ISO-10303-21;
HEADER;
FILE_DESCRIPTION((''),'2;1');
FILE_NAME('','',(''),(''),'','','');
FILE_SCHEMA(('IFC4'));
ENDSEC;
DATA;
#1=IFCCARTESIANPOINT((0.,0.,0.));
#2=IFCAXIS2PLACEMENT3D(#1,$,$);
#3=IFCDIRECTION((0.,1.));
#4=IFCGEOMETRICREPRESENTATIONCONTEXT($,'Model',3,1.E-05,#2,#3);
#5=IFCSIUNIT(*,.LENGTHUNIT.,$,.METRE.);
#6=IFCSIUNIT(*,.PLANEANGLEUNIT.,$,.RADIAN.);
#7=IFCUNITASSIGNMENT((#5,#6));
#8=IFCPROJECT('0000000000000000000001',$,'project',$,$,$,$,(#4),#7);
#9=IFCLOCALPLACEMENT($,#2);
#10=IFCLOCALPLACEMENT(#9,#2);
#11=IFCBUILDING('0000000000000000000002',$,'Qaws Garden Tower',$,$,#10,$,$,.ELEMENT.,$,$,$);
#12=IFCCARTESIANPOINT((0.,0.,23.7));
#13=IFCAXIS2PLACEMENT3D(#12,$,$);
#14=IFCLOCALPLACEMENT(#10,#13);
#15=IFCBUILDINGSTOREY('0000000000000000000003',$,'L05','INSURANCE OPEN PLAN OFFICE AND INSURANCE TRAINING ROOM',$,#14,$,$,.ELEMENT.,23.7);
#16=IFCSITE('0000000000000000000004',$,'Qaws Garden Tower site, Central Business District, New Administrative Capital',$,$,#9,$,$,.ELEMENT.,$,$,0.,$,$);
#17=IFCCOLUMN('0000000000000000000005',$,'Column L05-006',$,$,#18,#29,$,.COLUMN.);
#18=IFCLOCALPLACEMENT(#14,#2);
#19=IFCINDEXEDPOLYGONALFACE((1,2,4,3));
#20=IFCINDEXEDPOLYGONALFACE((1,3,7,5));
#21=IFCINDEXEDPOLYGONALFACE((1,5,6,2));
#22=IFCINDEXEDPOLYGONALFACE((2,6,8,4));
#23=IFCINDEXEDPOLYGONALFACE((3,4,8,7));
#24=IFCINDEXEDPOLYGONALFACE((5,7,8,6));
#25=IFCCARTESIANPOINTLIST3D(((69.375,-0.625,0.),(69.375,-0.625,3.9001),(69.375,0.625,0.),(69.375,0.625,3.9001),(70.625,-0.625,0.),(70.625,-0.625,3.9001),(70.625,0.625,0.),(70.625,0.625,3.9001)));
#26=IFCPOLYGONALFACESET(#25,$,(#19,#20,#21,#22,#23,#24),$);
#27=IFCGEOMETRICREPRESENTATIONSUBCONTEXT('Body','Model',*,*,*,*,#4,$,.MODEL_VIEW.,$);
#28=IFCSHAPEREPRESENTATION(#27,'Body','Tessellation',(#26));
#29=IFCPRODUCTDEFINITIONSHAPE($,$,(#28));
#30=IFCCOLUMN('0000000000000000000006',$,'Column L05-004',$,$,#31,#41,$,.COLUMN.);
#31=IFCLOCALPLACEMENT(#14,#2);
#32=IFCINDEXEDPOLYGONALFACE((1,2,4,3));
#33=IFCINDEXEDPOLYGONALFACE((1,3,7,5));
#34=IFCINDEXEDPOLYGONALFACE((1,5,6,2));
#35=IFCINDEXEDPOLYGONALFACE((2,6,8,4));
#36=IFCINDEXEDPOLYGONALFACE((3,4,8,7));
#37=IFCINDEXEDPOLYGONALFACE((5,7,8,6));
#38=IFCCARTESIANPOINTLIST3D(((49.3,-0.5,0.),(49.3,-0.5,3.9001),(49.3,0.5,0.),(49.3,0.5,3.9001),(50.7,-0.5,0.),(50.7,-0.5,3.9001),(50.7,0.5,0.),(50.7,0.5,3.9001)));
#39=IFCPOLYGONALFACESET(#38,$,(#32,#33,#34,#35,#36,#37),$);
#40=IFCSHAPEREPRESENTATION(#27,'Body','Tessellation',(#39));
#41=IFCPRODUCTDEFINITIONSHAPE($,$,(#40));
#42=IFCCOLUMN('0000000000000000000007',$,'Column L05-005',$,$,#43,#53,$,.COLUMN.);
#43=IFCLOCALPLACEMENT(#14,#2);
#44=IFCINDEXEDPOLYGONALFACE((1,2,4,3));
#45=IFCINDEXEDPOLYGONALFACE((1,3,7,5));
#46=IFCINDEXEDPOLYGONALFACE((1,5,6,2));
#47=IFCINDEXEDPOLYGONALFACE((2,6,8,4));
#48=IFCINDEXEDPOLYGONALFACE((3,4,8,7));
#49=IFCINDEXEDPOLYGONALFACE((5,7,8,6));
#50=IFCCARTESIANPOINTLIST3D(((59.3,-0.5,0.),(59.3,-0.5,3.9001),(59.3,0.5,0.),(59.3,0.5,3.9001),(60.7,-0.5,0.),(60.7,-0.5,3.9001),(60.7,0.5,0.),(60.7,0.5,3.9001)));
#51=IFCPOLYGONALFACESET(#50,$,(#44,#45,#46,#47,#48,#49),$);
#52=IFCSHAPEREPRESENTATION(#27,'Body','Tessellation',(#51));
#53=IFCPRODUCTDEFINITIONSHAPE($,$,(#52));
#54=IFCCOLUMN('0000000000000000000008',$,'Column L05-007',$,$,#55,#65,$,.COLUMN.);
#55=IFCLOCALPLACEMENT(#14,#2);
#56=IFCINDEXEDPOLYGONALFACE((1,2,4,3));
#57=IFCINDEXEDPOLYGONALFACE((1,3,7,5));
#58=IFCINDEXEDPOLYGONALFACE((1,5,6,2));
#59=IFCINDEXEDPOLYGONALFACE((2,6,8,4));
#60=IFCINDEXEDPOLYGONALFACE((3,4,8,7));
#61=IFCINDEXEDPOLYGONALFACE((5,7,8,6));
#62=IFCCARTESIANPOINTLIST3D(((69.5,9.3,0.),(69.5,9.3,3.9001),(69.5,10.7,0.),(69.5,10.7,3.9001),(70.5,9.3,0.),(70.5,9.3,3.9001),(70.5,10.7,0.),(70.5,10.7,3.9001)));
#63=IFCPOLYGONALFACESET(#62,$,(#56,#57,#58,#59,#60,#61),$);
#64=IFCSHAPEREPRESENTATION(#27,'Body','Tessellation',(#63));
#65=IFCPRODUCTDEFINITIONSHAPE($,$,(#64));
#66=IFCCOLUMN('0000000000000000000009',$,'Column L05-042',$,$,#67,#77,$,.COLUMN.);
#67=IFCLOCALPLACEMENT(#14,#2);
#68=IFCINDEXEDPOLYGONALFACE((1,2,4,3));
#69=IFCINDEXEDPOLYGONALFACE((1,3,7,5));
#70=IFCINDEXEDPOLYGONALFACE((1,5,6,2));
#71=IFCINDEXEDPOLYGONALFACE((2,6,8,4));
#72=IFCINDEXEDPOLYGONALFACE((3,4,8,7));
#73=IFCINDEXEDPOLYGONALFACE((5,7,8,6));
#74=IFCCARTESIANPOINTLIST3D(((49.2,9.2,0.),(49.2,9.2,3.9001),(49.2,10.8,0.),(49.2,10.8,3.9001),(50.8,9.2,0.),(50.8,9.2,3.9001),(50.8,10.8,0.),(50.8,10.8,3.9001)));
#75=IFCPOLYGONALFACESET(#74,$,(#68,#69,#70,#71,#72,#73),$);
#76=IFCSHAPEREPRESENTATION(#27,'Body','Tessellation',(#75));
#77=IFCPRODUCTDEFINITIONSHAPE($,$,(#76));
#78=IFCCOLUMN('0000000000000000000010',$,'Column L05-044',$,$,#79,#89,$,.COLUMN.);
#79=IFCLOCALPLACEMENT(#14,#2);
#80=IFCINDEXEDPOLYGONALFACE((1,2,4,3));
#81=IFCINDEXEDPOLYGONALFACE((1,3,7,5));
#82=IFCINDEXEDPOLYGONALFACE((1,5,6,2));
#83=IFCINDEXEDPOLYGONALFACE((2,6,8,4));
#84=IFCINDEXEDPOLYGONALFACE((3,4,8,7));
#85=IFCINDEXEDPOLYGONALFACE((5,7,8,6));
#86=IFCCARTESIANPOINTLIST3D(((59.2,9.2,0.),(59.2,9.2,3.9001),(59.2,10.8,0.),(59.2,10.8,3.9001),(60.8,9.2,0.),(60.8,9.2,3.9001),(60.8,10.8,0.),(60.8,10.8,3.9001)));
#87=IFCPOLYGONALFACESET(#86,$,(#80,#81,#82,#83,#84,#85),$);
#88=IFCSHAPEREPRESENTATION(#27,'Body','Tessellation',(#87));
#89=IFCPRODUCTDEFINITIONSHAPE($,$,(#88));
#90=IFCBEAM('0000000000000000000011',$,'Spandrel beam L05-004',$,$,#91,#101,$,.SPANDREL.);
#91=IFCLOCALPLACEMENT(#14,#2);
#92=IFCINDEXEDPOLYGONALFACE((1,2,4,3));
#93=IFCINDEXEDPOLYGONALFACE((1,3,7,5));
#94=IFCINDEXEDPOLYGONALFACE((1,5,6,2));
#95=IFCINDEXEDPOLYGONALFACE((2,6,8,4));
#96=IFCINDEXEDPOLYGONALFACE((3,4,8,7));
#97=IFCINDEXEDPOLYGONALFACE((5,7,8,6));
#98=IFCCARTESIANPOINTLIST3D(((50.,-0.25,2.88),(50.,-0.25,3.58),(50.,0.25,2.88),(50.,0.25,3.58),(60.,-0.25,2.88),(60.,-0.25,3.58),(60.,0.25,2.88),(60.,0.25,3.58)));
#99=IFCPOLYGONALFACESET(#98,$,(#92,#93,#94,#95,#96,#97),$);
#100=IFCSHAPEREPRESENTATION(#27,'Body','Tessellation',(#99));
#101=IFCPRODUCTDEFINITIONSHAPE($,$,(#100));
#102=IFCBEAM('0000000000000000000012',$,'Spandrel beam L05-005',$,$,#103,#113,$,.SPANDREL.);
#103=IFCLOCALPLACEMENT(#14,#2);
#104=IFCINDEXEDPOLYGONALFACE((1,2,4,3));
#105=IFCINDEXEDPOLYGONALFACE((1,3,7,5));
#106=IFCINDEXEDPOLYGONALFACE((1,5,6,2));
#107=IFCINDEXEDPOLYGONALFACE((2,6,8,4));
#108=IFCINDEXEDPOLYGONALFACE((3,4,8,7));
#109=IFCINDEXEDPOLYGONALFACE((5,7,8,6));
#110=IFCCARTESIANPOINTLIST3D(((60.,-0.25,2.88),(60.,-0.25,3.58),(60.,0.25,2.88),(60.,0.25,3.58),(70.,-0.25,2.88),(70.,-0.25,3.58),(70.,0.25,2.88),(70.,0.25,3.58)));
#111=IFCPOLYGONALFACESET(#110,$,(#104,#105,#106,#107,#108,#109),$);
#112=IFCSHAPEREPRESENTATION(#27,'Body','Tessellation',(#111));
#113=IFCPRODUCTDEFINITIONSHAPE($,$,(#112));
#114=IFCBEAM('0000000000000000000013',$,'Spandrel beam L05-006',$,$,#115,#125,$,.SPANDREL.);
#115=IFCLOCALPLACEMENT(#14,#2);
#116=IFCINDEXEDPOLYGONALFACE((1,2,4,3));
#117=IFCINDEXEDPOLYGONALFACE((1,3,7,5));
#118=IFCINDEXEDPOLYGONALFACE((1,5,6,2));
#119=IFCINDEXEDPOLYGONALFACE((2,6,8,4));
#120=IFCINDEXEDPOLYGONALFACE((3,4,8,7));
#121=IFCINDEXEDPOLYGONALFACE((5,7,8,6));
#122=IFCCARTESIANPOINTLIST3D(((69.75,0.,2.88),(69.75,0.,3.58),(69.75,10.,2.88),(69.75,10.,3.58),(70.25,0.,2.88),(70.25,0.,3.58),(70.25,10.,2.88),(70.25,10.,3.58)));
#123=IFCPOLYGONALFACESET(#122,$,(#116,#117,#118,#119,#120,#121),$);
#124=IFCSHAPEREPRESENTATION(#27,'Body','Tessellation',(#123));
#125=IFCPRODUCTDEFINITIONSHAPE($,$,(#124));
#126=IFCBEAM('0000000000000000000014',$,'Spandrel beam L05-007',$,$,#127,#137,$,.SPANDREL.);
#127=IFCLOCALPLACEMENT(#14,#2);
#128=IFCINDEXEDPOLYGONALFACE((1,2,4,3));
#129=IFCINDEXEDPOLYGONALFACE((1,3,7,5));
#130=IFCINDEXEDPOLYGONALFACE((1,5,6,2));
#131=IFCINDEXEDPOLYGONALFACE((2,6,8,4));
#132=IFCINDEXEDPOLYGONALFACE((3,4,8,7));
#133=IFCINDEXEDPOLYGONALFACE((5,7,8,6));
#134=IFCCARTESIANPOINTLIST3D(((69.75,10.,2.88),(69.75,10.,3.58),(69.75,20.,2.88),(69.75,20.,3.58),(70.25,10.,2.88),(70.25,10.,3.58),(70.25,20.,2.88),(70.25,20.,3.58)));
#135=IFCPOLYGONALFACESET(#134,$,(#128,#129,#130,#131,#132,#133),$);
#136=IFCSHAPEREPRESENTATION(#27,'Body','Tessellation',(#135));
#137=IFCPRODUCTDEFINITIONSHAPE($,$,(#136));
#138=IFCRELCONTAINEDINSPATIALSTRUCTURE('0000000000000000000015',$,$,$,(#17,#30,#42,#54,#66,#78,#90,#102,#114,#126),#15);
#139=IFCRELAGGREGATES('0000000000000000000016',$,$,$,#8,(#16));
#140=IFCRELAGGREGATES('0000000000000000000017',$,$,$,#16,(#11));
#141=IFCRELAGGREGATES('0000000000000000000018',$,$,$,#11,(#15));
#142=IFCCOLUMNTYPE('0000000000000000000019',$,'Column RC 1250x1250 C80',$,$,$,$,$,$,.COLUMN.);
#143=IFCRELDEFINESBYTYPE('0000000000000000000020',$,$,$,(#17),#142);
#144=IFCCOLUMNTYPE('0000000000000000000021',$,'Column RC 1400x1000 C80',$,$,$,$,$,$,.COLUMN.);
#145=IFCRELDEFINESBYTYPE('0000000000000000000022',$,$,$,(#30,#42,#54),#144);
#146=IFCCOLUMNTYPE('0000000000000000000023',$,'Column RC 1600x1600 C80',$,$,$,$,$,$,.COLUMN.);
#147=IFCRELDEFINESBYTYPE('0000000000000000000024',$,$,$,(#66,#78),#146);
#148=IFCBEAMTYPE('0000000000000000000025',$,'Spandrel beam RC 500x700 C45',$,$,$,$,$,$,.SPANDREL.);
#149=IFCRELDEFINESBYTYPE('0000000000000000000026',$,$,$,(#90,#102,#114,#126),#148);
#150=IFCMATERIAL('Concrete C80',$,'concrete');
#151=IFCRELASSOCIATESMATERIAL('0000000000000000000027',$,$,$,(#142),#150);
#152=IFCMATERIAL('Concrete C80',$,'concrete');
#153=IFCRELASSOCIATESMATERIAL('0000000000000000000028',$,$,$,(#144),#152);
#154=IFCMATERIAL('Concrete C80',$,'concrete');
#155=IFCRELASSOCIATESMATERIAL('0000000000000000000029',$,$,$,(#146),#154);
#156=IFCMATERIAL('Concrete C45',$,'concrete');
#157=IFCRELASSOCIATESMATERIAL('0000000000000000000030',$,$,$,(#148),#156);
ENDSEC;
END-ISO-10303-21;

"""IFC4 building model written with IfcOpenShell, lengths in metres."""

from ifc_helpers import new_model, si_unit, direction, frame, origin, origin_2d, place, context, subcontext, project, spatial, rectangle, extrude, material, material_profile, profile_set, type_object, element, save


model = new_model("IFC4")

# Units and contexts
model_context = context("Model", 3, precision=1e-05, world=origin(), true_north=direction((0.0, 1.0)))
body_context = subcontext(model_context, "Body", "Model", "MODEL_VIEW")
ifc_project = project(units=[si_unit("LENGTHUNIT", "METRE"), si_unit("PLANEANGLEUNIT", "RADIAN")], contexts=[model_context])

# Site, building, storey
site_placement = place(None, origin())
site = spatial("IfcSite", under=ifc_project, at=site_placement, Name="Qaws Garden Tower site, Central Business District, New Administrative Capital", CompositionType="ELEMENT", RefElevation=0.0)
building_placement = place(site_placement, origin())
building = spatial("IfcBuilding", under=site, at=building_placement, Name="Qaws Garden Tower", CompositionType="ELEMENT")
storey_placement = place(building_placement, frame((0.0, 0.0, 23.7)))
storey = spatial("IfcBuildingStorey", under=building, at=storey_placement, Name="L05", Description="INSURANCE OPEN PLAN OFFICE AND INSURANCE TRAINING ROOM", CompositionType="ELEMENT", Elevation=23.7)

# Columns
ifc_material_1 = material(Name="Concrete C80", Category="concrete")
ifc_material_profile_1 = material_profile(ifc_material_1, rectangle(XDim=1.25, YDim=1.25, at=origin_2d()), Name="RC 1250x1250")
ifc_profile_set_1 = profile_set([ifc_material_profile_1], Name="Concrete C80")
column_type_1 = type_object("IfcColumnType", Name="Column RC 1250x1250 C80", PredefinedType="COLUMN", material=ifc_profile_set_1)
column_placement = place(storey_placement, frame((70.0, 0.0, 0.0), z_axis=(0.0, 0.0, 1.0), x_axis=(1.0, 0.0, 0.0)))
element("IfcColumn", 1, at=column_placement, inside=storey, type_object=column_type_1, Name="Column L05-006", PredefinedType="COLUMN", context=body_context, shape_type="SweptSolid", body=[
    extrude(rectangle(XDim=1.25, YDim=1.25, at=origin_2d()), origin(), (0.0, 0.0, 1.0), 3.9001),
])
ifc_material_2 = material(Name="Concrete C80", Category="concrete")
ifc_material_profile_2 = material_profile(ifc_material_2, rectangle(XDim=1.3999, YDim=1.0, at=origin_2d()), Name="RC 1400x1000")
ifc_profile_set_2 = profile_set([ifc_material_profile_2], Name="Concrete C80")
column_type_2 = type_object("IfcColumnType", Name="Column RC 1400x1000 C80", PredefinedType="COLUMN", material=ifc_profile_set_2)
for number, where, z_axis, x_axis, name in (
    (2, (50.0, 0.0, 0.0), (0.0, 0.0, 1.0), (1.0, 0.0, 0.0), "Column L05-004"),
    (3, (60.0, 0.0, 0.0), (0.0, 0.0, 1.0), (1.0, 0.0, 0.0), "Column L05-005"),
    (4, (70.0, 10.0, 0.0), (0.0, 0.0, 1.0), (0.0, 1.0, 0.0), "Column L05-007"),
):
    element("IfcColumn", number, at=place(storey_placement, frame(where, z_axis=z_axis, x_axis=x_axis)), inside=storey, type_object=column_type_2, Name=name, PredefinedType="COLUMN", context=body_context, shape_type="SweptSolid", body=[
        extrude(rectangle(XDim=1.3999, YDim=1.0, at=origin_2d()), origin(), (0.0, 0.0, 1.0), 3.9001),
    ])
ifc_material_3 = material(Name="Concrete C80", Category="concrete")
ifc_material_profile_3 = material_profile(ifc_material_3, rectangle(XDim=1.6001, YDim=1.6001, at=origin_2d()), Name="RC 1600x1600")
ifc_profile_set_3 = profile_set([ifc_material_profile_3], Name="Concrete C80")
column_type_3 = type_object("IfcColumnType", Name="Column RC 1600x1600 C80", PredefinedType="COLUMN", material=ifc_profile_set_3)
for number, where, z_axis, x_axis, name in (
    (5, (50.0, 10.0, 0.0), (0.0, 0.0, 1.0), (1.0, 0.0, 0.0), "Column L05-042"),
    (6, (60.0, 10.0, 0.0), (0.0, 0.0, 1.0), (1.0, 0.0, 0.0), "Column L05-044"),
):
    element("IfcColumn", number, at=place(storey_placement, frame(where, z_axis=z_axis, x_axis=x_axis)), inside=storey, type_object=column_type_3, Name=name, PredefinedType="COLUMN", context=body_context, shape_type="SweptSolid", body=[
        extrude(rectangle(XDim=1.6001, YDim=1.6001, at=origin_2d()), origin(), (0.0, 0.0, 1.0), 3.9001),
    ])

# Beams
ifc_material_4 = material(Name="Concrete C45", Category="concrete")
ifc_material_profile_4 = material_profile(ifc_material_4, rectangle(XDim=0.5, YDim=0.7, at=origin_2d()), Name="RC 500x700")
ifc_profile_set_4 = profile_set([ifc_material_profile_4], Name="Concrete C45")
beam_type = type_object("IfcBeamType", Name="Spandrel beam RC 500x700 C45", PredefinedType="SPANDREL", material=ifc_profile_set_4)
for number, where, z_axis, x_axis, name in (
    (7, (50.0, 0.0, 3.23), (1.0, 0.0, 0.0), (0.0, 1.0, 0.0), "Spandrel beam L05-004"),
    (8, (60.0, 0.0, 3.23), (1.0, 0.0, 0.0), (0.0, 1.0, 0.0), "Spandrel beam L05-005"),
    (9, (70.0, 0.0, 3.23), (0.0, 1.0, 0.0), (-1.0, 0.0, 0.0), "Spandrel beam L05-006"),
    (10, (70.0, 10.0, 3.23), (0.0, 1.0, 0.0), (-1.0, 0.0, 0.0), "Spandrel beam L05-007"),
):
    element("IfcBeam", number, at=place(storey_placement, frame(where, z_axis=z_axis, x_axis=x_axis)), inside=storey, type_object=beam_type, Name=name, PredefinedType="SPANDREL", context=body_context, shape_type="SweptSolid", body=[
        extrude(rectangle(XDim=0.5, YDim=0.7, at=origin_2d()), origin(), (0.0, 0.0, 1.0), 10.0),
    ])

save(model, "model.ifc")
